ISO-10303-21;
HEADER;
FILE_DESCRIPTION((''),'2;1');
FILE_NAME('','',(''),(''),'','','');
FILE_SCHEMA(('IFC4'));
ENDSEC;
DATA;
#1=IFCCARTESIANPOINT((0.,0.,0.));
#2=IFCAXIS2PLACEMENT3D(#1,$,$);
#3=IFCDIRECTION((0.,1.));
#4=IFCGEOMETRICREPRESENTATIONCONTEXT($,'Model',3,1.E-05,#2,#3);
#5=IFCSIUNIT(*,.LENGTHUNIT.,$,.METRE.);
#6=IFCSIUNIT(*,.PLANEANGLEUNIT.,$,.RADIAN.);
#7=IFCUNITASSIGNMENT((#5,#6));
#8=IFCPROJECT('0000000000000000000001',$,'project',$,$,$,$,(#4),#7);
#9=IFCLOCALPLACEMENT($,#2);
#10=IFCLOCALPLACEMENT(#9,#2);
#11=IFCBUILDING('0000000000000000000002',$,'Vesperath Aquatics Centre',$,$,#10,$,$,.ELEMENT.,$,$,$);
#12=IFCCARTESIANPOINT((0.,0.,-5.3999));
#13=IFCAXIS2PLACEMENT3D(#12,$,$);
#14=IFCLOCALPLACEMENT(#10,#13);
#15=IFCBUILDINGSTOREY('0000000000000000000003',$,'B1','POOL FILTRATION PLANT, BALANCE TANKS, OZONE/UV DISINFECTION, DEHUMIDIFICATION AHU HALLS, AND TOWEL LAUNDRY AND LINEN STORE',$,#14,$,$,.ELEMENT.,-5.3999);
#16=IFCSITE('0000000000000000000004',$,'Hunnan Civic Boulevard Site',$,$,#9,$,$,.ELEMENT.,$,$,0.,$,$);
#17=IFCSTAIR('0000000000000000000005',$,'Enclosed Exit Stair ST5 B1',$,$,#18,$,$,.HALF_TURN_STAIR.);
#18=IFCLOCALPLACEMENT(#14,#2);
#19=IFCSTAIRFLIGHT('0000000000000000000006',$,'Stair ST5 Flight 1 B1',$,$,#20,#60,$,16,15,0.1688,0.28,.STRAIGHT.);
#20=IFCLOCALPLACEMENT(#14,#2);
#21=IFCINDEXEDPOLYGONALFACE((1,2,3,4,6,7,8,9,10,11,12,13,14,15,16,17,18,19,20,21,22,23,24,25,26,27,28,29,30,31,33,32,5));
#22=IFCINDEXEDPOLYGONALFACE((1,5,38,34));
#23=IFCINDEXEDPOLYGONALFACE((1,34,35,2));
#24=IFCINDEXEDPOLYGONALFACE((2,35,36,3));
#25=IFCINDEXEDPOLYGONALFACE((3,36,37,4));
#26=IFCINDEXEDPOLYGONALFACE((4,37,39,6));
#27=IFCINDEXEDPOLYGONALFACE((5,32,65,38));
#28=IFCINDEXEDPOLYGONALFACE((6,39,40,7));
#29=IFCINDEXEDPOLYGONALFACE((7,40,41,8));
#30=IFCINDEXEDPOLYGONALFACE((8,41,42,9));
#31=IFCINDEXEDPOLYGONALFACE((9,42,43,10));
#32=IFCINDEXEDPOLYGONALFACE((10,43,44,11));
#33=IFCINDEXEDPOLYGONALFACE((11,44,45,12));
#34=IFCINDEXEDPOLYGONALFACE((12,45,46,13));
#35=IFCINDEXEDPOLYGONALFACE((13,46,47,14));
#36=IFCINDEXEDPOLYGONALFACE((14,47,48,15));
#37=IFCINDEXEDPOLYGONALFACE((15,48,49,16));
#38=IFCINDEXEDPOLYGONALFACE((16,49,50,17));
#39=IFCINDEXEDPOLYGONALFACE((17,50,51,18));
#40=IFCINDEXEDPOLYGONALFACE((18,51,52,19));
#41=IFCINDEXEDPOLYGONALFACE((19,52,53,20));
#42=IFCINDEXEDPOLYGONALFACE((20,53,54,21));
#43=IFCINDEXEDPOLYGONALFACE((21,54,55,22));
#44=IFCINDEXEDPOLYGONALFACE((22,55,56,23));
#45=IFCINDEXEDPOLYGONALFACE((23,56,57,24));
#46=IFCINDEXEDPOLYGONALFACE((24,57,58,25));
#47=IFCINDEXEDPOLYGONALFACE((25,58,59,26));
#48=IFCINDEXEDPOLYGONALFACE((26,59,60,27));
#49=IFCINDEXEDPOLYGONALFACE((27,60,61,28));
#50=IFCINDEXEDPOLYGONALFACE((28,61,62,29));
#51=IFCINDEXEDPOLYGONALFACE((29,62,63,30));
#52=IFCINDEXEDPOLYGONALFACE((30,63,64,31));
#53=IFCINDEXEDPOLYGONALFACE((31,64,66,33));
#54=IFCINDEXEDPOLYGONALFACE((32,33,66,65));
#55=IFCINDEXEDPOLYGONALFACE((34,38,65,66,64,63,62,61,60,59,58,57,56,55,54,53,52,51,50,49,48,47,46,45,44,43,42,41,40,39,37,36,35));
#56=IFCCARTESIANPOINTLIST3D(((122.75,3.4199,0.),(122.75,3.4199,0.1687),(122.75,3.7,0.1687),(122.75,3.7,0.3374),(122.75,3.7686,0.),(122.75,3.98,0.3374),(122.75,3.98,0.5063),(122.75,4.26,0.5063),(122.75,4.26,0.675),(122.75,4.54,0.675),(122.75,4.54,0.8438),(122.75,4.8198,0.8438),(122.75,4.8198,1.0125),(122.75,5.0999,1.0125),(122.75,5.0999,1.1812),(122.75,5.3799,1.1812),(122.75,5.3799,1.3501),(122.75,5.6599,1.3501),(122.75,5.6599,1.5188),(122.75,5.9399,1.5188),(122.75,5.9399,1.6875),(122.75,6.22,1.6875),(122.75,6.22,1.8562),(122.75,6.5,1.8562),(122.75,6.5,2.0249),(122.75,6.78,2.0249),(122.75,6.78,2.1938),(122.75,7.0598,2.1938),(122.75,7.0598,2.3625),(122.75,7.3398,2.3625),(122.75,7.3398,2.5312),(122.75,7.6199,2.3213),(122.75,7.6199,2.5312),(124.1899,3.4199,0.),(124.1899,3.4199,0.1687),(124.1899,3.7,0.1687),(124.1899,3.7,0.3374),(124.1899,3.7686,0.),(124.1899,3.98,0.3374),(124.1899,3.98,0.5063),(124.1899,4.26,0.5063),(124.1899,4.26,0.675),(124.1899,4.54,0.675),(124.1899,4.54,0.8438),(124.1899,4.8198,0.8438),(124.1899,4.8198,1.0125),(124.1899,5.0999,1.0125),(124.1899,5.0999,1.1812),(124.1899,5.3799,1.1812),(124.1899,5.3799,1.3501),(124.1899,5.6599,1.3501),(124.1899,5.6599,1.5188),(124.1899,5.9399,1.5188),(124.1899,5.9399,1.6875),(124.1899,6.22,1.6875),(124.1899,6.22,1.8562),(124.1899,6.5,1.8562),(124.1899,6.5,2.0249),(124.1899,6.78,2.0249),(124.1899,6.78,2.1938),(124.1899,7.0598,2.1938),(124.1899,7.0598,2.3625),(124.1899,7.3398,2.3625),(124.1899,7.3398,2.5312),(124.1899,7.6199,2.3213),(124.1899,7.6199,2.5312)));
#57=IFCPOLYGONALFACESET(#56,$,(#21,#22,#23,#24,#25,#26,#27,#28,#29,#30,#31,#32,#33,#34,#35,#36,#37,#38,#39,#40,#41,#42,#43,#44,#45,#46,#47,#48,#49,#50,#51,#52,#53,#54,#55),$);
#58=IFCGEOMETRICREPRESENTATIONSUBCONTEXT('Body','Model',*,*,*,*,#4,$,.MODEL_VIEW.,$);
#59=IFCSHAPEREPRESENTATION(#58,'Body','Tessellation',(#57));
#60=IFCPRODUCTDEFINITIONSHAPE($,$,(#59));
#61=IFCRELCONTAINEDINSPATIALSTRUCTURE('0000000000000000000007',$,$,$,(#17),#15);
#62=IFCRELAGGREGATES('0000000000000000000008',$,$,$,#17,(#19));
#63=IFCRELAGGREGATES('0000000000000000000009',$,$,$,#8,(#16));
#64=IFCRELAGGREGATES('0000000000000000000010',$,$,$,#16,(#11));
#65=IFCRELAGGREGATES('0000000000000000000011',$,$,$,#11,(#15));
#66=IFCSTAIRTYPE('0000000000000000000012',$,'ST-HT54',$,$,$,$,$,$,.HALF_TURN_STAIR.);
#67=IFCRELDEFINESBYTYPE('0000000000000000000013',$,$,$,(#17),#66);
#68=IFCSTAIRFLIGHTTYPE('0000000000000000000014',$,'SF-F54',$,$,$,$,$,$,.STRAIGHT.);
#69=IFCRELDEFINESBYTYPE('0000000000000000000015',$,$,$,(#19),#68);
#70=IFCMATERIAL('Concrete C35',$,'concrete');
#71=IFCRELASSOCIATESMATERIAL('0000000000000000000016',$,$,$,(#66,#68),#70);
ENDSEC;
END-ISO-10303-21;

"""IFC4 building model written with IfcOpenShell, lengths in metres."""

from ifc_helpers import new_model, si_unit, direction, frame, origin, place, context, subcontext, project, spatial, polyline, outline, extrude, material, type_object, element, aggregate, save


model = new_model("IFC4")

# Units and contexts
model_context = context("Model", 3, precision=1e-05, world=origin(), true_north=direction((0.0, 1.0)))
body_context = subcontext(model_context, "Body", "Model", "MODEL_VIEW")
ifc_project = project(units=[si_unit("LENGTHUNIT", "METRE"), si_unit("PLANEANGLEUNIT", "RADIAN")], contexts=[model_context])

# Site, building, storey
site_placement = place(None, origin())
site = spatial("IfcSite", under=ifc_project, at=site_placement, Name="Hunnan Civic Boulevard Site", CompositionType="ELEMENT", RefElevation=0.0)
building_placement = place(site_placement, origin())
building = spatial("IfcBuilding", under=site, at=building_placement, Name="Vesperath Aquatics Centre", CompositionType="ELEMENT")
storey_placement = place(building_placement, frame((0.0, 0.0, -5.3999)))
storey = spatial("IfcBuildingStorey", under=building, at=storey_placement, Name="B1", Description="POOL FILTRATION PLANT, BALANCE TANKS, OZONE/UV DISINFECTION, DEHUMIDIFICATION AHU HALLS, AND TOWEL LAUNDRY AND LINEN STORE", CompositionType="ELEMENT", Elevation=-5.3999)

# Shared definitions
ifc_material_1 = material(Name="Concrete C35", Category="concrete")

# Stair, stair flight
stair_type = type_object("IfcStairType", Name="ST-HT54", PredefinedType="HALF_TURN_STAIR", material=ifc_material_1)
stair_placement = place(storey_placement, origin())
stair = element("IfcStair", 1, at=stair_placement, inside=storey, type_object=stair_type, Name="Enclosed Exit Stair ST5 B1", PredefinedType="HALF_TURN_STAIR")
stair_flight_type = type_object("IfcStairFlightType", Name="SF-F54", PredefinedType="STRAIGHT", material=ifc_material_1)
stair_flight_placement = place(storey_placement, frame((123.47, 3.4199, 0.0), z_axis=(0.0, 0.0, 1.0), x_axis=(0.0, 1.0, 0.0)))
stair_flight = element("IfcStairFlight", 2, at=stair_flight_placement, type_object=stair_flight_type, Name="Stair ST5 Flight 1 B1", NumberOfRisers=16, NumberOfTreads=15, PredefinedType="STRAIGHT", RiserHeight=0.1688, TreadLength=0.28, context=body_context, shape_type="SweptSolid", body=[
    extrude(outline(polyline([(0.0, 0.0), (0.0, 0.1687), (0.28, 0.1687), (0.28, 0.3374), (0.5601, 0.3374), (0.5601, 0.5063), (0.8401, 0.5063), (0.8401, 0.675), (1.1201, 0.675), (1.1201, 0.8438), (1.3999, 0.8438), (1.3999, 1.0125), (1.6799, 1.0125), (1.6799, 1.1812), (1.96, 1.1812), (1.96, 1.3501), (2.24, 1.3501), (2.24, 1.5188), (2.52, 1.5188), (2.52, 1.6875), (2.8, 1.6875), (2.8, 1.8562), (3.0801, 1.8562), (3.0801, 2.0249), (3.3601, 2.0249), (3.3601, 2.1938), (3.6399, 2.1938), (3.6399, 2.3625), (3.9199, 2.3625), (3.9199, 2.5312), (4.2, 2.5312), (4.2, 2.7), (4.2, 2.3213), (0.3486, 0.0), (0.0, 0.0)])), frame((0.0, 0.72, 0.0), z_axis=(0.0, -1.0, 0.0), x_axis=(1.0, 0.0, 0.0)), (0.0, 0.0, 1.0), 1.4399),
])
aggregate(stair, [stair_flight])

save(model, "model.ifc")
